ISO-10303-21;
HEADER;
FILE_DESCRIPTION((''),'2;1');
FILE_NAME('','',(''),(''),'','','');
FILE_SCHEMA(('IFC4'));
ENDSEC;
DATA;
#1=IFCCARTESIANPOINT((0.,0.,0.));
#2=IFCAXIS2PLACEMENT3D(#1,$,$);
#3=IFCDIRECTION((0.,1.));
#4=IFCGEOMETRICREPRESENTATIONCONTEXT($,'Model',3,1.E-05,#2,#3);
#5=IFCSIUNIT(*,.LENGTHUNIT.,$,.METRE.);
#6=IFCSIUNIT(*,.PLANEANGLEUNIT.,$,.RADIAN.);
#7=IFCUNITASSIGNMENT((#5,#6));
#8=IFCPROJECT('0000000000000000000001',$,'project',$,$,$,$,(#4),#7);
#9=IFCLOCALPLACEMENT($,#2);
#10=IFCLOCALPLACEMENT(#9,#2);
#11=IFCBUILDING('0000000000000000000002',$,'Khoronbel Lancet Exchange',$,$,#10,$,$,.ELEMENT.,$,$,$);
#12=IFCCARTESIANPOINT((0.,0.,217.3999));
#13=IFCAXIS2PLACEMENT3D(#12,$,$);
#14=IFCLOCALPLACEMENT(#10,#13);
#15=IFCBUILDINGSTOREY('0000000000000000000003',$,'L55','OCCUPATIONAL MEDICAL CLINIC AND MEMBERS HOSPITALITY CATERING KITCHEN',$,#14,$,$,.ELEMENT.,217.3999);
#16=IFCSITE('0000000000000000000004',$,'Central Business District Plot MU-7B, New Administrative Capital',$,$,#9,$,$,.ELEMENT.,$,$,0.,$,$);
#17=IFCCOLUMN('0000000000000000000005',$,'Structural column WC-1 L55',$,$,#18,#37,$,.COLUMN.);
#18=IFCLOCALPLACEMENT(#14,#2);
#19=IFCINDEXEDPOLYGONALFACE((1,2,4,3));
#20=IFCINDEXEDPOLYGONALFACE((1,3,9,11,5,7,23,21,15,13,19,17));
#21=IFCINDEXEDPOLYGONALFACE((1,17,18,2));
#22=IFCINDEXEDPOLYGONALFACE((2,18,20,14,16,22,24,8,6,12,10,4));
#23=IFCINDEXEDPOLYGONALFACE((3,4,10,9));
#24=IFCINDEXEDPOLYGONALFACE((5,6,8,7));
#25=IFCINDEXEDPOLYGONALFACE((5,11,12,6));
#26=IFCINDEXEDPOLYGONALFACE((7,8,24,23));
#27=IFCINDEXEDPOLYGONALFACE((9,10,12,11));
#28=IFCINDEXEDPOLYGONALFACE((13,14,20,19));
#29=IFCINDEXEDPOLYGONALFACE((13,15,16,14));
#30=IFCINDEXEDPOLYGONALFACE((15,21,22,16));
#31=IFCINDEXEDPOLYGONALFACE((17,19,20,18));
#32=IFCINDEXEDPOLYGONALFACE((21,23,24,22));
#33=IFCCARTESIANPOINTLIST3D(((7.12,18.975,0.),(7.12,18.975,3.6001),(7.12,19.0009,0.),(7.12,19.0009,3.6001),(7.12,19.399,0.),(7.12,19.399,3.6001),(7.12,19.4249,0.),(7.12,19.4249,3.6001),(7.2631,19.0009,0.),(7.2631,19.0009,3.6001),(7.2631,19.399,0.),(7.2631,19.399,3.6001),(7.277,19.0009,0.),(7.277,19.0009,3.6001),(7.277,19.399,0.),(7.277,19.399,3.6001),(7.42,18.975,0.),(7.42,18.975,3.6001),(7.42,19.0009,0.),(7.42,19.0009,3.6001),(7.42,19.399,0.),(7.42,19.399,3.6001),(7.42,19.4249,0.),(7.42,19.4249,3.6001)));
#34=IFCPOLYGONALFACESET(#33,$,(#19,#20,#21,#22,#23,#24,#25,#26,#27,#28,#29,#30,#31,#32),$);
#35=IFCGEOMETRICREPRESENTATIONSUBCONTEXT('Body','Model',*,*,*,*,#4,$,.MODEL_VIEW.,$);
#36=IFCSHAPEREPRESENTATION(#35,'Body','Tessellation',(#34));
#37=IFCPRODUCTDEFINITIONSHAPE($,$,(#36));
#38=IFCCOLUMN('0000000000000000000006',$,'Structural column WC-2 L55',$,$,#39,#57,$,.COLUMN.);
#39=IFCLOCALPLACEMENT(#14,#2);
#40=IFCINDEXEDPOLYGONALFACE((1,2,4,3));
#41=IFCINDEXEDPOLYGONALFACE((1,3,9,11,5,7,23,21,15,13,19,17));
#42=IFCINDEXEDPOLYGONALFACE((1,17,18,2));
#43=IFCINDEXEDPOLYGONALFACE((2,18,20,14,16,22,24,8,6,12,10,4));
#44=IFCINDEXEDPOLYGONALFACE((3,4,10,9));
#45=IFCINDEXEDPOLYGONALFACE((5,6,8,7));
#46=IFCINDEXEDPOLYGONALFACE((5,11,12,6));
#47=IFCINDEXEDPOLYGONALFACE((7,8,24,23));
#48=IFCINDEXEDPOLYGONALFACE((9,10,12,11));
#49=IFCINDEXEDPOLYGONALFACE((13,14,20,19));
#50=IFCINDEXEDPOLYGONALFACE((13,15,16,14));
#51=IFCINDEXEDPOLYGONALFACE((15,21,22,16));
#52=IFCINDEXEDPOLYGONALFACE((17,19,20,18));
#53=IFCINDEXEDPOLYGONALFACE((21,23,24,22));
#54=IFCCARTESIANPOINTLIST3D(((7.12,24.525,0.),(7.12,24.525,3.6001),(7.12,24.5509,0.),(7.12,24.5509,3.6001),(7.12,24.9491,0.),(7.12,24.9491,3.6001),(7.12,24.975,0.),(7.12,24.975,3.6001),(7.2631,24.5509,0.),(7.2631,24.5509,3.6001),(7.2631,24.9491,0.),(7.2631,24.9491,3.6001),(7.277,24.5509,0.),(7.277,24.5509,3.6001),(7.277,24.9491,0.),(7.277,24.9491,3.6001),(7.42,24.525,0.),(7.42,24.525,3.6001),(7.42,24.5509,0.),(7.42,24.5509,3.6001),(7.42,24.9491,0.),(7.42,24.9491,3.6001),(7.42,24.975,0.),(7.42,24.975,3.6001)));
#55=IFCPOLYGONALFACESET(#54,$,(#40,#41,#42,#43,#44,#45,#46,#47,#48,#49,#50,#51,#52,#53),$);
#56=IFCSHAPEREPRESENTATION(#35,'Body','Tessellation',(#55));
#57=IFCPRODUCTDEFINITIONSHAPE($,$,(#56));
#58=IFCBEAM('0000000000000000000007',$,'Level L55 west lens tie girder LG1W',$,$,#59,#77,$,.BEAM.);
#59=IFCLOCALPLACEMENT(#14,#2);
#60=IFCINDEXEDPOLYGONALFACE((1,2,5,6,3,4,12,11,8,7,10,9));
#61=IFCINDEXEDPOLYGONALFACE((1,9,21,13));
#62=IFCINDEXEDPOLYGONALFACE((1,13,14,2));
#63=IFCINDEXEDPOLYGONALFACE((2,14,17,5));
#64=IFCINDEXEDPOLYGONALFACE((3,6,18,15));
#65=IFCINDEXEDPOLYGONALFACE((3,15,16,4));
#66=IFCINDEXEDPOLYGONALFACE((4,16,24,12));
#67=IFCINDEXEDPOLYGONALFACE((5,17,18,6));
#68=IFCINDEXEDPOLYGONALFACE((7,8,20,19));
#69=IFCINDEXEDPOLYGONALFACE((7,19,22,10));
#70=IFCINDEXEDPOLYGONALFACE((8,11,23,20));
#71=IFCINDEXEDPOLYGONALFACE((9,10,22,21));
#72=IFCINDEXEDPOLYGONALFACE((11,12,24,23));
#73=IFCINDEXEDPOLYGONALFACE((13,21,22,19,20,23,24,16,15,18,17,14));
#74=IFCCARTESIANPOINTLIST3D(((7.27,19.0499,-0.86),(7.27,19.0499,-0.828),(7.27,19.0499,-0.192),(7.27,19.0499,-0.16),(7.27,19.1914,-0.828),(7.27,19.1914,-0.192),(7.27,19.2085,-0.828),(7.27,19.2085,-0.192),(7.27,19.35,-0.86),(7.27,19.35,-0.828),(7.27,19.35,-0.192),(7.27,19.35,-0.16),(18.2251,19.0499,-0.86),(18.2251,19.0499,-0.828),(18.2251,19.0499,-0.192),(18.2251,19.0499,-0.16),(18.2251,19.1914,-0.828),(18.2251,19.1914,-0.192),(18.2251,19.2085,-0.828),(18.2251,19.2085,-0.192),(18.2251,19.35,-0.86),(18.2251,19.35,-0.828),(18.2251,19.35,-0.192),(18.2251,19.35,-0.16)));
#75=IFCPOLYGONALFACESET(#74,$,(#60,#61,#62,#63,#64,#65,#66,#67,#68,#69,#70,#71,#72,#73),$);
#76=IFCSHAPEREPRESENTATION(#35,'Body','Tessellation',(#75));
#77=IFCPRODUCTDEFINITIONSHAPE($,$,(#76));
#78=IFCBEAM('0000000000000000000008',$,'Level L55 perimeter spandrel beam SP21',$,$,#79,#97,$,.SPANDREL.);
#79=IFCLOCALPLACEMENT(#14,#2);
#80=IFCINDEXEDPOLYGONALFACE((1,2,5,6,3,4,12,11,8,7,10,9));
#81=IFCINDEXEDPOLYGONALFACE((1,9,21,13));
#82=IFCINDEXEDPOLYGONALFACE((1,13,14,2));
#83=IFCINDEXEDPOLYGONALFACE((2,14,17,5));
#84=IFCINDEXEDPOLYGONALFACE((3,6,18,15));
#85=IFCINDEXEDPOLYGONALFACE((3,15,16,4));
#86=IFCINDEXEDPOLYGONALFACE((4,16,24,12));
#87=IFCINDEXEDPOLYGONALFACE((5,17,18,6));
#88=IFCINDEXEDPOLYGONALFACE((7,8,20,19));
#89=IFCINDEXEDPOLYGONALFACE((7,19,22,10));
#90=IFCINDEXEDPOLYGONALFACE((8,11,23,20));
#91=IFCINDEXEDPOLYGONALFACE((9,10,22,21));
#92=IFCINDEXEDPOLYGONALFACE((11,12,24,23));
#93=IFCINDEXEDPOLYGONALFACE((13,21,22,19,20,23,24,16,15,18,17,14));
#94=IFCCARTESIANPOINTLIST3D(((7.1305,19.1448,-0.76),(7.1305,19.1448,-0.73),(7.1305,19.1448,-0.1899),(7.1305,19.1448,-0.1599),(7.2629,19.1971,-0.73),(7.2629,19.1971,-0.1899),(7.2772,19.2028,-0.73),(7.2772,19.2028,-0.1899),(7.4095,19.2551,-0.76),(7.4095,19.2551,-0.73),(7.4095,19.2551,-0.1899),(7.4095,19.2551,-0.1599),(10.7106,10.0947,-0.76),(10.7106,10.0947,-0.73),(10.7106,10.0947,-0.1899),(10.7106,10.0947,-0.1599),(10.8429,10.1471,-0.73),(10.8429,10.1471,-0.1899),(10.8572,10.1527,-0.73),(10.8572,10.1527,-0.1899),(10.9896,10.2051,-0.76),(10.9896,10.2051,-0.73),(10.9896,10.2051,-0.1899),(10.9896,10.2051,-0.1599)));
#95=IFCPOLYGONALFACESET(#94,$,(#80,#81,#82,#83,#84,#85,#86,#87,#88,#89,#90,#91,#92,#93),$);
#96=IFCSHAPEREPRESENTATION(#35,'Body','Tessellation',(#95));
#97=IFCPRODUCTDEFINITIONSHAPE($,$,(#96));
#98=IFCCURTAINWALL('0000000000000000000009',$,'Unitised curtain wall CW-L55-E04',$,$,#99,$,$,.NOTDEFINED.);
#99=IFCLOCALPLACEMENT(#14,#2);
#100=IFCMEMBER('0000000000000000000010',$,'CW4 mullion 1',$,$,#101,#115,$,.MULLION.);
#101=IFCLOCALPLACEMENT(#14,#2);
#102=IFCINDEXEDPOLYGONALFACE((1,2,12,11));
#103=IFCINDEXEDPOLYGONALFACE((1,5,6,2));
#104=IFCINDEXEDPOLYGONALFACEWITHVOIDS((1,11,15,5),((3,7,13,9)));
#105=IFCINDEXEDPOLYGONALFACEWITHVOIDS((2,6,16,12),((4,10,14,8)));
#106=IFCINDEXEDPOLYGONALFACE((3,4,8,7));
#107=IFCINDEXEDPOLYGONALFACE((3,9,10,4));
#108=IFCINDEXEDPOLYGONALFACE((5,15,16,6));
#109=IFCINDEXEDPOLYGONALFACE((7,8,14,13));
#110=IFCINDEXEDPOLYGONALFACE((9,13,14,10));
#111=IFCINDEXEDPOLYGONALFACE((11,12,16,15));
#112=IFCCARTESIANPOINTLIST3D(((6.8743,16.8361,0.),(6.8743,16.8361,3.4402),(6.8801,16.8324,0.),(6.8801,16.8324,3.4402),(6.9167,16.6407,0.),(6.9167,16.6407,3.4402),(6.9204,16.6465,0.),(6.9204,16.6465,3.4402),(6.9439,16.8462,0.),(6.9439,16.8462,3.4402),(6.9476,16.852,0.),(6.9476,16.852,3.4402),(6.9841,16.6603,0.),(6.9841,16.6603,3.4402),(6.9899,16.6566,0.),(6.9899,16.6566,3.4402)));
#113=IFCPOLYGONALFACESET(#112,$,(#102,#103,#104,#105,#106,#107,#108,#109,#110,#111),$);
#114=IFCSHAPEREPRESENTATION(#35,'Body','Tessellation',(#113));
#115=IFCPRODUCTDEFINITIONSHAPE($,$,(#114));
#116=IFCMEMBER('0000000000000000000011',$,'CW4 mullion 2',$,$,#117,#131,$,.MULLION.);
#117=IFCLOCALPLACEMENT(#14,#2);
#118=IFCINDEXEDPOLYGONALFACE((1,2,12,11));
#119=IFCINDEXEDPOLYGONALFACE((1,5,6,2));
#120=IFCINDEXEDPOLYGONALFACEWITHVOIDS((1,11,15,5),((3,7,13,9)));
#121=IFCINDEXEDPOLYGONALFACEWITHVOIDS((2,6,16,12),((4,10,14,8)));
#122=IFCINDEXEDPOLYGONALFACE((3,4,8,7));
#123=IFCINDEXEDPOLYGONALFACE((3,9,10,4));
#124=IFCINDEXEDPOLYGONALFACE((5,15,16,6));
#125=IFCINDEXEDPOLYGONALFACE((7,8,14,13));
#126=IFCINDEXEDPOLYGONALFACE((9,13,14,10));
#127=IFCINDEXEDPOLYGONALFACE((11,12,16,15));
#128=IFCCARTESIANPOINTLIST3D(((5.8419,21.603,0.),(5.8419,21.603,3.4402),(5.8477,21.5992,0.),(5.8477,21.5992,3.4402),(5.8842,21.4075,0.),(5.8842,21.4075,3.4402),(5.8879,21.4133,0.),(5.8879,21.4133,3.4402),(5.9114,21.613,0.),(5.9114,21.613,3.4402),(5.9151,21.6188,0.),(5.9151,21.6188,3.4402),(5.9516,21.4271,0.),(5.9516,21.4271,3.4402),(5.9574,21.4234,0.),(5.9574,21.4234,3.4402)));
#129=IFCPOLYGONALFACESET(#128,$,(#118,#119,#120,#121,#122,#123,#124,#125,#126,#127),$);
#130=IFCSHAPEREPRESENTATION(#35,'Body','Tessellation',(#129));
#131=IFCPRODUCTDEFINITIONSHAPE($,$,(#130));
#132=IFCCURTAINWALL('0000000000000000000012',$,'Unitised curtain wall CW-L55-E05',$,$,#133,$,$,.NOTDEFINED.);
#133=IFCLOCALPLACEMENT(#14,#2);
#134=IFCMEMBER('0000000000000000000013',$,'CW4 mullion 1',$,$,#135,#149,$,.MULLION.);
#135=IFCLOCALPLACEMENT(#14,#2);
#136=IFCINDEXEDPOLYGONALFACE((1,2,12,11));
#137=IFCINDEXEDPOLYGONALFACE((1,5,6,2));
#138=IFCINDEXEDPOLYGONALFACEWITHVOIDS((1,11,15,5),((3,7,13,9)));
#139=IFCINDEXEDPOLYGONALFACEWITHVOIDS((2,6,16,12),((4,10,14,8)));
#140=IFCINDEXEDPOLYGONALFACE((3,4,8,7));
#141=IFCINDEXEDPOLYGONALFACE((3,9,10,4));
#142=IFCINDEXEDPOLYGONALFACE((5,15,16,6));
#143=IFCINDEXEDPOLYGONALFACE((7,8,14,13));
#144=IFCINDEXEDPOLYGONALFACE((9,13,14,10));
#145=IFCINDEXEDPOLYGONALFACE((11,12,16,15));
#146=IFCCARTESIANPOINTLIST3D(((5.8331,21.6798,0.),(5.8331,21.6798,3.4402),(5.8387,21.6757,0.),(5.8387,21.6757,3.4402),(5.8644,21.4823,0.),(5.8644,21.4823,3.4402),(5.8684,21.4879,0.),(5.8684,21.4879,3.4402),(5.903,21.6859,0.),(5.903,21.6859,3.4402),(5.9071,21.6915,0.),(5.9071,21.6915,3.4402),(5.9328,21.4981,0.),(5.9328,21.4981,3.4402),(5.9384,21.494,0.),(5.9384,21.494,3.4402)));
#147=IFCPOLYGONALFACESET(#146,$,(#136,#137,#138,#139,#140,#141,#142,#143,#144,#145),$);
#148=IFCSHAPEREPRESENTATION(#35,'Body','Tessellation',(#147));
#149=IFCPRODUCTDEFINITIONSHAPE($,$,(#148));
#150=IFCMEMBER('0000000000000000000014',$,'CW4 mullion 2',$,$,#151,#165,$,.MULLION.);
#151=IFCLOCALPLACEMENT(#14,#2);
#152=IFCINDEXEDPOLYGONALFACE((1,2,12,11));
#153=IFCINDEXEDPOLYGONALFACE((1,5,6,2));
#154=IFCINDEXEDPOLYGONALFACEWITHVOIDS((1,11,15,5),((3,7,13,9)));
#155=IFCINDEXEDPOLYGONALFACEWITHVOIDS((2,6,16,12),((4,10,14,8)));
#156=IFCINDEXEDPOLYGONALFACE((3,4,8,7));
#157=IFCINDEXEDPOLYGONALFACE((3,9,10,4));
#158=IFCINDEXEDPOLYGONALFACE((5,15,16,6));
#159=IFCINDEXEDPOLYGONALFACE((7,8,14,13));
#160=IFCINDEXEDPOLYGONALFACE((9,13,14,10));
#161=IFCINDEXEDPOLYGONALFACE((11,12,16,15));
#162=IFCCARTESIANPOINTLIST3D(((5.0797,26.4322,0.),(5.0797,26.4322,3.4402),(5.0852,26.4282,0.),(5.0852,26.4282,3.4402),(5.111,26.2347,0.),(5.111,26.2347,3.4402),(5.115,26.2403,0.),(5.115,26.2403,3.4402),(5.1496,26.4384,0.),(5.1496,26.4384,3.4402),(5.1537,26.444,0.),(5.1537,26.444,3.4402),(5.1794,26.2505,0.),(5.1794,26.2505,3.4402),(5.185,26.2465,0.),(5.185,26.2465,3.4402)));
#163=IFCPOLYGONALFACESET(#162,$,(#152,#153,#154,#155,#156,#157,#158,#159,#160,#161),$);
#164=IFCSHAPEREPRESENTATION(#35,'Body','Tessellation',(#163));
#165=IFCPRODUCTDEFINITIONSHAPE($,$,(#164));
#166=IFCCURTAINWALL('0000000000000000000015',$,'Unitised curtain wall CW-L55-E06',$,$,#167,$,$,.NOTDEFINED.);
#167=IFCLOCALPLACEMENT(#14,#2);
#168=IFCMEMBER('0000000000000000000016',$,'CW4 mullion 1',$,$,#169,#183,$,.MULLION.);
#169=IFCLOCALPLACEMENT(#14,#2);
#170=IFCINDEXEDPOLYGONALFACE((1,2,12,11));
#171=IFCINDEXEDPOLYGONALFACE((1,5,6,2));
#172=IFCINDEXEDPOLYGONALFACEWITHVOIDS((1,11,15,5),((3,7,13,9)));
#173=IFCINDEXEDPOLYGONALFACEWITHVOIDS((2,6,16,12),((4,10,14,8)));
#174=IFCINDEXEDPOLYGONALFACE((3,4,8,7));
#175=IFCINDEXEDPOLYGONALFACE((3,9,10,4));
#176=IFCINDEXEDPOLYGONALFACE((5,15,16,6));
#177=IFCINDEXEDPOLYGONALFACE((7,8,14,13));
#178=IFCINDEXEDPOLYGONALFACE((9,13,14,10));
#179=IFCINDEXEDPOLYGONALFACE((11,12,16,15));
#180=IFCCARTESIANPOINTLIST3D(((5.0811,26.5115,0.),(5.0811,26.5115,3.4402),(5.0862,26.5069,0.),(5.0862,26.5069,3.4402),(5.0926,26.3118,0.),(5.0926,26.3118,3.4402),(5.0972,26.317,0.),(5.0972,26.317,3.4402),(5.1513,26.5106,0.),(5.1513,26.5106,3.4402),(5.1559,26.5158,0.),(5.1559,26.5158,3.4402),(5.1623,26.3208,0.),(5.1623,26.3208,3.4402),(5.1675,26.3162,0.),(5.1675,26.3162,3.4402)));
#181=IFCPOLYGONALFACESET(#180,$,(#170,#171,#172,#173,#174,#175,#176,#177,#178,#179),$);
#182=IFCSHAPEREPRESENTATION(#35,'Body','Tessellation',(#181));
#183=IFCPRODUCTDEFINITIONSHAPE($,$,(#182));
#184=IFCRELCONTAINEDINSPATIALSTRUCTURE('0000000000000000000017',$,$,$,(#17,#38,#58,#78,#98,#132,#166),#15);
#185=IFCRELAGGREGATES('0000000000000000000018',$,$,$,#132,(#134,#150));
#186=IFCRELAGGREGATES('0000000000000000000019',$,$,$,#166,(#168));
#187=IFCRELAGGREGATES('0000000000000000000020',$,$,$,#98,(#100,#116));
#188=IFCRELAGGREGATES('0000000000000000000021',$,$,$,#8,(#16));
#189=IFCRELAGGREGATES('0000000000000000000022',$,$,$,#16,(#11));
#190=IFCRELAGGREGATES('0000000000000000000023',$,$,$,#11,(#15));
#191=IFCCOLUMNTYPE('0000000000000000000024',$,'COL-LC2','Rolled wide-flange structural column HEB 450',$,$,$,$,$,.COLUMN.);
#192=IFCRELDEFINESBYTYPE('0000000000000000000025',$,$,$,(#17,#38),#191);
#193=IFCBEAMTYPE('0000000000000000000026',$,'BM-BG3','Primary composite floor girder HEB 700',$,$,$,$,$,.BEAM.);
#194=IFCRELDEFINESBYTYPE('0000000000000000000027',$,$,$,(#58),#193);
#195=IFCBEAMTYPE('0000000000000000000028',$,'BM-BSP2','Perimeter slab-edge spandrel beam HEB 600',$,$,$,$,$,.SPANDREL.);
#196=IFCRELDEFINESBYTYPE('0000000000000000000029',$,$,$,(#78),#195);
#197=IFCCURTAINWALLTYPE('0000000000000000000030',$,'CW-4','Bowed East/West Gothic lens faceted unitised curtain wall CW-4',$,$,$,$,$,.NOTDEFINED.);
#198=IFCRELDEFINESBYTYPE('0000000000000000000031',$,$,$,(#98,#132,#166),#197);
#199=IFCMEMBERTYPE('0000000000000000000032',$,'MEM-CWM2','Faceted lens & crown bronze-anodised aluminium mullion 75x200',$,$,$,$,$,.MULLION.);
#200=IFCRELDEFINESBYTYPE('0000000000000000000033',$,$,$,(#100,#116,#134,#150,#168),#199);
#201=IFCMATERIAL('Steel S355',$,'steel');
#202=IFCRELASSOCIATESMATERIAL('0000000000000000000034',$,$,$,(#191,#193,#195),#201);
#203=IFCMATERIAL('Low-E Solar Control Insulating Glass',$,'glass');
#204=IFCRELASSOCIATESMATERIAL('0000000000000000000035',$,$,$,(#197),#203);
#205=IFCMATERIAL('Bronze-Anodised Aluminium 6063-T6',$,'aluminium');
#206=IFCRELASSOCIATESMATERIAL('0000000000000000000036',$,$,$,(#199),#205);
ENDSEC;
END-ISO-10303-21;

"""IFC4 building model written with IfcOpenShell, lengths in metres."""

from ifc_helpers import new_model, si_unit, direction, frame, origin, origin_2d, place, context, subcontext, project, spatial, hollow_rectangle, i_section, extrude, material, material_profile, profile_set, type_object, element, aggregate, save


model = new_model("IFC4")

# Units and contexts
model_context = context("Model", 3, precision=1e-05, world=origin(), true_north=direction((0.0, 1.0)))
body_context = subcontext(model_context, "Body", "Model", "MODEL_VIEW")
ifc_project = project(units=[si_unit("LENGTHUNIT", "METRE"), si_unit("PLANEANGLEUNIT", "RADIAN")], contexts=[model_context])

# Site, building, storey
site_placement = place(None, origin())
site = spatial("IfcSite", under=ifc_project, at=site_placement, Name="Central Business District Plot MU-7B, New Administrative Capital", CompositionType="ELEMENT", RefElevation=0.0)
building_placement = place(site_placement, origin())
building = spatial("IfcBuilding", under=site, at=building_placement, Name="Khoronbel Lancet Exchange", CompositionType="ELEMENT")
storey_placement = place(building_placement, frame((0.0, 0.0, 217.3999)))
storey = spatial("IfcBuildingStorey", under=building, at=storey_placement, Name="L55", Description="OCCUPATIONAL MEDICAL CLINIC AND MEMBERS HOSPITALITY CATERING KITCHEN", CompositionType="ELEMENT", Elevation=217.3999)

# Columns
ifc_material_1 = material(Name="Steel S355", Category="steel")
ifc_material_profile_1 = material_profile(ifc_material_1, i_section(OverallWidth=0.3, OverallDepth=0.45, WebThickness=0.0139, FlangeThickness=0.0259, at=origin_2d()), Name="HEB 450")
ifc_profile_set_1 = profile_set([ifc_material_profile_1], Name="Steel S355")
column_type = type_object("IfcColumnType", Name="COL-LC2", Description="Rolled wide-flange structural column HEB 450", PredefinedType="COLUMN", material=ifc_profile_set_1)
for number, where, z_axis, x_axis, name in (
    (1, (7.27, 19.2, 0.0), (0.0, 0.0, 1.0), (1.0, 0.0, 0.0), "Structural column WC-1 L55"),
    (2, (7.27, 24.75, 0.0), (0.0, 0.0, 1.0), (1.0, 0.0, 0.0), "Structural column WC-2 L55"),
):
    element("IfcColumn", number, at=place(storey_placement, frame(where, z_axis=z_axis, x_axis=x_axis)), inside=storey, type_object=column_type, Name=name, PredefinedType="COLUMN", context=body_context, shape_type="SweptSolid", body=[
        extrude(i_section(OverallWidth=0.3, OverallDepth=0.45, WebThickness=0.0139, FlangeThickness=0.0259, at=origin_2d()), origin(), (0.0, 0.0, 1.0), 3.6001),
    ])

# Beams
ifc_material_profile_2 = material_profile(ifc_material_1, i_section(OverallWidth=0.3, OverallDepth=0.7, WebThickness=0.0171, FlangeThickness=0.032, at=origin_2d()), Name="HEB 700")
ifc_profile_set_2 = profile_set([ifc_material_profile_2], Name="Steel S355")
beam_type_1 = type_object("IfcBeamType", Name="BM-BG3", Description="Primary composite floor girder HEB 700", PredefinedType="BEAM", material=ifc_profile_set_2)
beam_1_placement = place(storey_placement, frame((7.27, 19.2, -0.51), z_axis=(1.0, 0.0, 0.0), x_axis=(0.0, 1.0, 0.0)))
element("IfcBeam", 3, at=beam_1_placement, inside=storey, type_object=beam_type_1, Name="Level L55 west lens tie girder LG1W", PredefinedType="BEAM", context=body_context, shape_type="SweptSolid", body=[
    extrude(i_section(OverallWidth=0.3, OverallDepth=0.7, WebThickness=0.0171, FlangeThickness=0.032, at=origin_2d()), origin(), (0.0, 0.0, 1.0), 10.9551),
])
ifc_material_profile_3 = material_profile(ifc_material_1, i_section(OverallWidth=0.3, OverallDepth=0.6001, WebThickness=0.0154, FlangeThickness=0.03, at=origin_2d()), Name="HEB 600")
ifc_profile_set_3 = profile_set([ifc_material_profile_3], Name="Steel S355")
beam_type_2 = type_object("IfcBeamType", Name="BM-BSP2", Description="Perimeter slab-edge spandrel beam HEB 600", PredefinedType="SPANDREL", material=ifc_profile_set_3)
beam_2_placement = place(storey_placement, frame((7.27, 19.2, -0.46), z_axis=(0.36785, -0.929885, 0.0), x_axis=(0.929885, 0.36785, 0.0)))
element("IfcBeam", 4, at=beam_2_placement, inside=storey, type_object=beam_type_2, Name="Level L55 perimeter spandrel beam SP21", PredefinedType="SPANDREL", context=body_context, shape_type="SweptSolid", body=[
    extrude(i_section(OverallWidth=0.3, OverallDepth=0.6001, WebThickness=0.0154, FlangeThickness=0.03, at=origin_2d()), origin(), (0.0, 0.0, 1.0), 9.7324),
])

# Curtain walls, members
ifc_material_2 = material(Name="Low-E Solar Control Insulating Glass", Category="glass")
curtain_wall_type = type_object("IfcCurtainWallType", Name="CW-4", Description="Bowed East/West Gothic lens faceted unitised curtain wall CW-4", PredefinedType="NOTDEFINED", material=ifc_material_2)
curtain_wall_1_placement = place(storey_placement, origin())
curtain_wall_1 = element("IfcCurtainWall", 5, at=curtain_wall_1_placement, inside=storey, type_object=curtain_wall_type, Name="Unitised curtain wall CW-L55-E04", PredefinedType="NOTDEFINED")
ifc_material_3 = material(Name="Bronze-Anodised Aluminium 6063-T6", Category="aluminium")
ifc_material_profile_4 = material_profile(ifc_material_3, hollow_rectangle(XDim=0.075, YDim=0.2, WallThickness=0.0049, at=origin_2d()), Name="ALU MULLION 75x200")
ifc_profile_set_4 = profile_set([ifc_material_profile_4], Name="Bronze-Anodised Aluminium 6063-T6")
member_type_1 = type_object("IfcMemberType", Name="MEM-CWM2", Description="Faceted lens & crown bronze-anodised aluminium mullion 75x200", PredefinedType="MULLION", material=ifc_profile_set_4)
member_1_placement = place(storey_placement, frame((6.9321, 16.7463, 0.0), z_axis=(0.0, 0.0, 1.0), x_axis=(-0.977341, -0.21167, 0.0)))
member_1 = element("IfcMember", 6, at=member_1_placement, type_object=member_type_1, Name="CW4 mullion 1", PredefinedType="MULLION", context=body_context, shape_type="SweptSolid", body=[
    extrude(hollow_rectangle(XDim=0.075, YDim=0.2, WallThickness=0.0049, at=origin_2d()), origin(), (0.0, 0.0, 1.0), 3.4402),
])
member_2_placement = place(storey_placement, frame((5.8997, 21.5132, 0.0), z_axis=(0.0, 0.0, 1.0), x_axis=(-0.977341, -0.21167, 0.0)))
member_2 = element("IfcMember", 7, at=member_2_placement, type_object=member_type_1, Name="CW4 mullion 2", PredefinedType="MULLION", context=body_context, shape_type="SweptSolid", body=[
    extrude(hollow_rectangle(XDim=0.075, YDim=0.2, WallThickness=0.0049, at=origin_2d()), origin(), (0.0, 0.0, 1.0), 3.4402),
])
curtain_wall_2_placement = place(storey_placement, origin())
curtain_wall_2 = element("IfcCurtainWall", 8, at=curtain_wall_2_placement, inside=storey, type_object=curtain_wall_type, Name="Unitised curtain wall CW-L55-E05", PredefinedType="NOTDEFINED")
member_3_placement = place(storey_placement, frame((5.8857, 21.5869, 0.0), z_axis=(0.0, 0.0, 1.0), x_axis=(-0.987661, -0.156606, 0.0)))
member_3 = element("IfcMember", 9, at=member_3_placement, type_object=member_type_1, Name="CW4 mullion 1", PredefinedType="MULLION", context=body_context, shape_type="SweptSolid", body=[
    extrude(hollow_rectangle(XDim=0.075, YDim=0.2, WallThickness=0.0049, at=origin_2d()), origin(), (0.0, 0.0, 1.0), 3.4402),
])
member_4_placement = place(storey_placement, frame((5.1323, 26.3394, 0.0), z_axis=(0.0, 0.0, 1.0), x_axis=(-0.987661, -0.156606, 0.0)))
member_4 = element("IfcMember", 10, at=member_4_placement, type_object=member_type_1, Name="CW4 mullion 2", PredefinedType="MULLION", context=body_context, shape_type="SweptSolid", body=[
    extrude(hollow_rectangle(XDim=0.075, YDim=0.2, WallThickness=0.0049, at=origin_2d()), origin(), (0.0, 0.0, 1.0), 3.4402),
])
curtain_wall_3_placement = place(storey_placement, origin())
curtain_wall_3 = element("IfcCurtainWall", 11, at=curtain_wall_3_placement, inside=storey, type_object=curtain_wall_type, Name="Unitised curtain wall CW-L55-E06", PredefinedType="NOTDEFINED")
member_5_placement = place(storey_placement, frame((5.1243, 26.4138, 0.0), z_axis=(0.0, 0.0, 1.0), x_axis=(-0.998321, -0.05793, 0.0)))
member_5 = element("IfcMember", 12, at=member_5_placement, type_object=member_type_1, Name="CW4 mullion 1", PredefinedType="MULLION", context=body_context, shape_type="SweptSolid", body=[
    extrude(hollow_rectangle(XDim=0.075, YDim=0.2, WallThickness=0.0049, at=origin_2d()), origin(), (0.0, 0.0, 1.0), 3.4402),
])

aggregate(curtain_wall_2, [member_3, member_4])
aggregate(curtain_wall_3, [member_5])
aggregate(curtain_wall_1, [member_1, member_2])

save(model, "model.ifc")
